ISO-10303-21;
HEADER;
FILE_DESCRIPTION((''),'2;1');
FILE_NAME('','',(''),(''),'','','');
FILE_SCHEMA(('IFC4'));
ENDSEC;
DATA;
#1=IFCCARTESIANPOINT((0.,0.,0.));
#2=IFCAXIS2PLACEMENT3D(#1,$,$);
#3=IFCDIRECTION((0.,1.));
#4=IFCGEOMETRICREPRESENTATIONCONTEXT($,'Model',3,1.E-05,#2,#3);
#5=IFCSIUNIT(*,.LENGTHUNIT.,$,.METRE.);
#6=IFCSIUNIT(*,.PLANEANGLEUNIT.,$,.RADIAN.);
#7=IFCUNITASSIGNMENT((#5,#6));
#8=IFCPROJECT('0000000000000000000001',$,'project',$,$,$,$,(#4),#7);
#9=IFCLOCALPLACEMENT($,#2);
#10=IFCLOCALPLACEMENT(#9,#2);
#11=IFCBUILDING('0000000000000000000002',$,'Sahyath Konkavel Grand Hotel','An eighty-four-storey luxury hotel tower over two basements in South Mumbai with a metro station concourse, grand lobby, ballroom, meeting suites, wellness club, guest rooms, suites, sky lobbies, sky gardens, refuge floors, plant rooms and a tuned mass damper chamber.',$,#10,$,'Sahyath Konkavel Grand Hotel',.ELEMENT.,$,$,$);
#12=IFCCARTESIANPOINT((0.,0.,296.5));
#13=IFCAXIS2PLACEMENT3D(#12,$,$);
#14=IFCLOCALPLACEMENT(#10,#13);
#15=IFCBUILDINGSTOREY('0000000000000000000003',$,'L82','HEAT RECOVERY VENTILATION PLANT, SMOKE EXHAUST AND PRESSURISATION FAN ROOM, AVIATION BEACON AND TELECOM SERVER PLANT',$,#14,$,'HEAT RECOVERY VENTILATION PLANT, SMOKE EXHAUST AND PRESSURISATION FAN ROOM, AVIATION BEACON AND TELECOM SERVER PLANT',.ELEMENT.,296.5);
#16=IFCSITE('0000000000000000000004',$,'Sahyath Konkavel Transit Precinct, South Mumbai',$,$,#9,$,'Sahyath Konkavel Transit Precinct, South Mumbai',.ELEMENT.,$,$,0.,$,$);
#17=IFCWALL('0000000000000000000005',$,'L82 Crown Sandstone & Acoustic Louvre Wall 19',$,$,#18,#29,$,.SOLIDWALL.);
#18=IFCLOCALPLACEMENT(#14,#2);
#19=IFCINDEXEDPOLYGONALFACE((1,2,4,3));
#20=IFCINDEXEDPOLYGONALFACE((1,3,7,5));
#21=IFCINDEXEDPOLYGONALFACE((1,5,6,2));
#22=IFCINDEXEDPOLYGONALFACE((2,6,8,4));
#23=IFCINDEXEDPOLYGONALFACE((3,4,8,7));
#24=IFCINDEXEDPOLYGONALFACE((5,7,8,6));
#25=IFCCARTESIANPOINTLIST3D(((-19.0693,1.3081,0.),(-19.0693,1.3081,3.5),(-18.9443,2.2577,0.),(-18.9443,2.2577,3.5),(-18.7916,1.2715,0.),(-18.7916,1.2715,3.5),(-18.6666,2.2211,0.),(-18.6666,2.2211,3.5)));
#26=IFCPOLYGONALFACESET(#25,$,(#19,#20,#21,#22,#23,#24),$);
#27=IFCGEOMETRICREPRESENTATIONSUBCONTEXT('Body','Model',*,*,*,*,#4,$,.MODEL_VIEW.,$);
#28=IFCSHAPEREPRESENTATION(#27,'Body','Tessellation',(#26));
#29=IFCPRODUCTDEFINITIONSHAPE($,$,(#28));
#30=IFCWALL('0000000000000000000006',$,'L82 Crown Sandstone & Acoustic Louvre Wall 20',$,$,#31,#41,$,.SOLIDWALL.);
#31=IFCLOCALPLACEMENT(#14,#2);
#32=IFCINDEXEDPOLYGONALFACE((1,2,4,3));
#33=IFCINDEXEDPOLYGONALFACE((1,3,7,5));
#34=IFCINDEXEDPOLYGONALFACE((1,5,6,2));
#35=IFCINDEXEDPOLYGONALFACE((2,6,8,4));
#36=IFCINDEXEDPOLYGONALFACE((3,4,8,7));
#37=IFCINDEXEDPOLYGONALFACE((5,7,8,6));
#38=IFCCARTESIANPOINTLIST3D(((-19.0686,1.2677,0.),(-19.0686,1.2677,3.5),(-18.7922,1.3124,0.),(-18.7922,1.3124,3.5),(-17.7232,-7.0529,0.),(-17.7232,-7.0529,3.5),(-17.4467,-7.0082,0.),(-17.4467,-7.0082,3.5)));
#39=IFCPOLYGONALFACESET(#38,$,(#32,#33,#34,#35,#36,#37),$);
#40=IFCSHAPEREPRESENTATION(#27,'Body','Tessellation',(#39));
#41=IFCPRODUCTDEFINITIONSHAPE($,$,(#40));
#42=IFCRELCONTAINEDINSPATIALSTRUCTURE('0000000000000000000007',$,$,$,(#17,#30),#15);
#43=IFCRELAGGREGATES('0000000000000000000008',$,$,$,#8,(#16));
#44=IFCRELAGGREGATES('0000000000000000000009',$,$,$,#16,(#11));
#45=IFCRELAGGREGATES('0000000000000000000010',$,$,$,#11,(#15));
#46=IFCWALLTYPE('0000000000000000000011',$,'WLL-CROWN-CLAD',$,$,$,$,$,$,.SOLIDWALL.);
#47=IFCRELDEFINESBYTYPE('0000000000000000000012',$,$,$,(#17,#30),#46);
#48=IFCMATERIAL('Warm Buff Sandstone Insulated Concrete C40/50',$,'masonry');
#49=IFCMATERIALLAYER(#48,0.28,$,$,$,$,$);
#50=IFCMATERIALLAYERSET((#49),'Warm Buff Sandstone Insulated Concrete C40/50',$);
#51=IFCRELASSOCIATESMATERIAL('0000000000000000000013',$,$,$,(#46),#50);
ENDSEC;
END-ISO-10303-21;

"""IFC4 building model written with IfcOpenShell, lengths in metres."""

from ifc_helpers import new_model, si_unit, direction, frame, frame_2d, origin, place, context, subcontext, project, spatial, rectangle, extrude, material, layer, layer_set, type_object, element, save


model = new_model("IFC4")

# Units and contexts
model_context = context("Model", 3, precision=1e-05, world=origin(), true_north=direction((0.0, 1.0)))
body_context = subcontext(model_context, "Body", "Model", "MODEL_VIEW")
ifc_project = project(units=[si_unit("LENGTHUNIT", "METRE"), si_unit("PLANEANGLEUNIT", "RADIAN")], contexts=[model_context])

# Site, building, storey
site_placement = place(None, origin())
site = spatial("IfcSite", under=ifc_project, at=site_placement, Name="Sahyath Konkavel Transit Precinct, South Mumbai", LongName="Sahyath Konkavel Transit Precinct, South Mumbai", CompositionType="ELEMENT", RefElevation=0.0)
building_placement = place(site_placement, origin())
building = spatial("IfcBuilding", under=site, at=building_placement, Name="Sahyath Konkavel Grand Hotel", Description="An eighty-four-storey luxury hotel tower over two basements in South Mumbai with a metro station concourse, grand lobby, ballroom, meeting suites, wellness club, guest rooms, suites, sky lobbies, sky gardens, refuge floors, plant rooms and a tuned mass damper chamber.", LongName="Sahyath Konkavel Grand Hotel", CompositionType="ELEMENT")
storey_placement = place(building_placement, frame((0.0, 0.0, 296.5)))
storey = spatial("IfcBuildingStorey", under=building, at=storey_placement, Name="L82", Description="HEAT RECOVERY VENTILATION PLANT, SMOKE EXHAUST AND PRESSURISATION FAN ROOM, AVIATION BEACON AND TELECOM SERVER PLANT", LongName="HEAT RECOVERY VENTILATION PLANT, SMOKE EXHAUST AND PRESSURISATION FAN ROOM, AVIATION BEACON AND TELECOM SERVER PLANT", CompositionType="ELEMENT", Elevation=296.5)

# Walls
ifc_material_1 = material(Name="Warm Buff Sandstone Insulated Concrete C40/50", Category="masonry")
ifc_layer_1 = layer(ifc_material_1, 0.28)
ifc_layer_set_1 = layer_set([ifc_layer_1], Name="Warm Buff Sandstone Insulated Concrete C40/50")
wall_type_1 = type_object("IfcWallType", Name="WLL-CROWN-CLAD", PredefinedType="SOLIDWALL", material=ifc_layer_set_1)
wall_1_placement = place(storey_placement, frame((-18.8054, 2.2395, 0.0), z_axis=(0.0, 0.0, 1.0), x_axis=(-0.130527, -0.991445, 0.0)))
element("IfcWall", 1, at=wall_1_placement, inside=storey, type_object=wall_type_1, Name="L82 Crown Sandstone & Acoustic Louvre Wall 19", PredefinedType="SOLIDWALL", context=body_context, shape_type="SweptSolid", body=[
    extrude(rectangle(XDim=0.9578, YDim=0.28, at=frame_2d((0.479, 0.0))), origin(), (0.0, 0.0, 1.0), 3.5),
])
wall_2_placement = place(storey_placement, frame((-18.9304, 1.29, 0.0), z_axis=(0.0, 0.0, 1.0), x_axis=(0.159629, -0.987177, 0.0)))
element("IfcWall", 2, at=wall_2_placement, inside=storey, type_object=wall_type_1, Name="L82 Crown Sandstone & Acoustic Louvre Wall 20", PredefinedType="SOLIDWALL", context=body_context, shape_type="SweptSolid", body=[
    extrude(rectangle(XDim=8.4287, YDim=0.28, at=frame_2d((4.2144, 0.0))), origin(), (0.0, 0.0, 1.0), 3.5),
])

save(model, "model.ifc")
